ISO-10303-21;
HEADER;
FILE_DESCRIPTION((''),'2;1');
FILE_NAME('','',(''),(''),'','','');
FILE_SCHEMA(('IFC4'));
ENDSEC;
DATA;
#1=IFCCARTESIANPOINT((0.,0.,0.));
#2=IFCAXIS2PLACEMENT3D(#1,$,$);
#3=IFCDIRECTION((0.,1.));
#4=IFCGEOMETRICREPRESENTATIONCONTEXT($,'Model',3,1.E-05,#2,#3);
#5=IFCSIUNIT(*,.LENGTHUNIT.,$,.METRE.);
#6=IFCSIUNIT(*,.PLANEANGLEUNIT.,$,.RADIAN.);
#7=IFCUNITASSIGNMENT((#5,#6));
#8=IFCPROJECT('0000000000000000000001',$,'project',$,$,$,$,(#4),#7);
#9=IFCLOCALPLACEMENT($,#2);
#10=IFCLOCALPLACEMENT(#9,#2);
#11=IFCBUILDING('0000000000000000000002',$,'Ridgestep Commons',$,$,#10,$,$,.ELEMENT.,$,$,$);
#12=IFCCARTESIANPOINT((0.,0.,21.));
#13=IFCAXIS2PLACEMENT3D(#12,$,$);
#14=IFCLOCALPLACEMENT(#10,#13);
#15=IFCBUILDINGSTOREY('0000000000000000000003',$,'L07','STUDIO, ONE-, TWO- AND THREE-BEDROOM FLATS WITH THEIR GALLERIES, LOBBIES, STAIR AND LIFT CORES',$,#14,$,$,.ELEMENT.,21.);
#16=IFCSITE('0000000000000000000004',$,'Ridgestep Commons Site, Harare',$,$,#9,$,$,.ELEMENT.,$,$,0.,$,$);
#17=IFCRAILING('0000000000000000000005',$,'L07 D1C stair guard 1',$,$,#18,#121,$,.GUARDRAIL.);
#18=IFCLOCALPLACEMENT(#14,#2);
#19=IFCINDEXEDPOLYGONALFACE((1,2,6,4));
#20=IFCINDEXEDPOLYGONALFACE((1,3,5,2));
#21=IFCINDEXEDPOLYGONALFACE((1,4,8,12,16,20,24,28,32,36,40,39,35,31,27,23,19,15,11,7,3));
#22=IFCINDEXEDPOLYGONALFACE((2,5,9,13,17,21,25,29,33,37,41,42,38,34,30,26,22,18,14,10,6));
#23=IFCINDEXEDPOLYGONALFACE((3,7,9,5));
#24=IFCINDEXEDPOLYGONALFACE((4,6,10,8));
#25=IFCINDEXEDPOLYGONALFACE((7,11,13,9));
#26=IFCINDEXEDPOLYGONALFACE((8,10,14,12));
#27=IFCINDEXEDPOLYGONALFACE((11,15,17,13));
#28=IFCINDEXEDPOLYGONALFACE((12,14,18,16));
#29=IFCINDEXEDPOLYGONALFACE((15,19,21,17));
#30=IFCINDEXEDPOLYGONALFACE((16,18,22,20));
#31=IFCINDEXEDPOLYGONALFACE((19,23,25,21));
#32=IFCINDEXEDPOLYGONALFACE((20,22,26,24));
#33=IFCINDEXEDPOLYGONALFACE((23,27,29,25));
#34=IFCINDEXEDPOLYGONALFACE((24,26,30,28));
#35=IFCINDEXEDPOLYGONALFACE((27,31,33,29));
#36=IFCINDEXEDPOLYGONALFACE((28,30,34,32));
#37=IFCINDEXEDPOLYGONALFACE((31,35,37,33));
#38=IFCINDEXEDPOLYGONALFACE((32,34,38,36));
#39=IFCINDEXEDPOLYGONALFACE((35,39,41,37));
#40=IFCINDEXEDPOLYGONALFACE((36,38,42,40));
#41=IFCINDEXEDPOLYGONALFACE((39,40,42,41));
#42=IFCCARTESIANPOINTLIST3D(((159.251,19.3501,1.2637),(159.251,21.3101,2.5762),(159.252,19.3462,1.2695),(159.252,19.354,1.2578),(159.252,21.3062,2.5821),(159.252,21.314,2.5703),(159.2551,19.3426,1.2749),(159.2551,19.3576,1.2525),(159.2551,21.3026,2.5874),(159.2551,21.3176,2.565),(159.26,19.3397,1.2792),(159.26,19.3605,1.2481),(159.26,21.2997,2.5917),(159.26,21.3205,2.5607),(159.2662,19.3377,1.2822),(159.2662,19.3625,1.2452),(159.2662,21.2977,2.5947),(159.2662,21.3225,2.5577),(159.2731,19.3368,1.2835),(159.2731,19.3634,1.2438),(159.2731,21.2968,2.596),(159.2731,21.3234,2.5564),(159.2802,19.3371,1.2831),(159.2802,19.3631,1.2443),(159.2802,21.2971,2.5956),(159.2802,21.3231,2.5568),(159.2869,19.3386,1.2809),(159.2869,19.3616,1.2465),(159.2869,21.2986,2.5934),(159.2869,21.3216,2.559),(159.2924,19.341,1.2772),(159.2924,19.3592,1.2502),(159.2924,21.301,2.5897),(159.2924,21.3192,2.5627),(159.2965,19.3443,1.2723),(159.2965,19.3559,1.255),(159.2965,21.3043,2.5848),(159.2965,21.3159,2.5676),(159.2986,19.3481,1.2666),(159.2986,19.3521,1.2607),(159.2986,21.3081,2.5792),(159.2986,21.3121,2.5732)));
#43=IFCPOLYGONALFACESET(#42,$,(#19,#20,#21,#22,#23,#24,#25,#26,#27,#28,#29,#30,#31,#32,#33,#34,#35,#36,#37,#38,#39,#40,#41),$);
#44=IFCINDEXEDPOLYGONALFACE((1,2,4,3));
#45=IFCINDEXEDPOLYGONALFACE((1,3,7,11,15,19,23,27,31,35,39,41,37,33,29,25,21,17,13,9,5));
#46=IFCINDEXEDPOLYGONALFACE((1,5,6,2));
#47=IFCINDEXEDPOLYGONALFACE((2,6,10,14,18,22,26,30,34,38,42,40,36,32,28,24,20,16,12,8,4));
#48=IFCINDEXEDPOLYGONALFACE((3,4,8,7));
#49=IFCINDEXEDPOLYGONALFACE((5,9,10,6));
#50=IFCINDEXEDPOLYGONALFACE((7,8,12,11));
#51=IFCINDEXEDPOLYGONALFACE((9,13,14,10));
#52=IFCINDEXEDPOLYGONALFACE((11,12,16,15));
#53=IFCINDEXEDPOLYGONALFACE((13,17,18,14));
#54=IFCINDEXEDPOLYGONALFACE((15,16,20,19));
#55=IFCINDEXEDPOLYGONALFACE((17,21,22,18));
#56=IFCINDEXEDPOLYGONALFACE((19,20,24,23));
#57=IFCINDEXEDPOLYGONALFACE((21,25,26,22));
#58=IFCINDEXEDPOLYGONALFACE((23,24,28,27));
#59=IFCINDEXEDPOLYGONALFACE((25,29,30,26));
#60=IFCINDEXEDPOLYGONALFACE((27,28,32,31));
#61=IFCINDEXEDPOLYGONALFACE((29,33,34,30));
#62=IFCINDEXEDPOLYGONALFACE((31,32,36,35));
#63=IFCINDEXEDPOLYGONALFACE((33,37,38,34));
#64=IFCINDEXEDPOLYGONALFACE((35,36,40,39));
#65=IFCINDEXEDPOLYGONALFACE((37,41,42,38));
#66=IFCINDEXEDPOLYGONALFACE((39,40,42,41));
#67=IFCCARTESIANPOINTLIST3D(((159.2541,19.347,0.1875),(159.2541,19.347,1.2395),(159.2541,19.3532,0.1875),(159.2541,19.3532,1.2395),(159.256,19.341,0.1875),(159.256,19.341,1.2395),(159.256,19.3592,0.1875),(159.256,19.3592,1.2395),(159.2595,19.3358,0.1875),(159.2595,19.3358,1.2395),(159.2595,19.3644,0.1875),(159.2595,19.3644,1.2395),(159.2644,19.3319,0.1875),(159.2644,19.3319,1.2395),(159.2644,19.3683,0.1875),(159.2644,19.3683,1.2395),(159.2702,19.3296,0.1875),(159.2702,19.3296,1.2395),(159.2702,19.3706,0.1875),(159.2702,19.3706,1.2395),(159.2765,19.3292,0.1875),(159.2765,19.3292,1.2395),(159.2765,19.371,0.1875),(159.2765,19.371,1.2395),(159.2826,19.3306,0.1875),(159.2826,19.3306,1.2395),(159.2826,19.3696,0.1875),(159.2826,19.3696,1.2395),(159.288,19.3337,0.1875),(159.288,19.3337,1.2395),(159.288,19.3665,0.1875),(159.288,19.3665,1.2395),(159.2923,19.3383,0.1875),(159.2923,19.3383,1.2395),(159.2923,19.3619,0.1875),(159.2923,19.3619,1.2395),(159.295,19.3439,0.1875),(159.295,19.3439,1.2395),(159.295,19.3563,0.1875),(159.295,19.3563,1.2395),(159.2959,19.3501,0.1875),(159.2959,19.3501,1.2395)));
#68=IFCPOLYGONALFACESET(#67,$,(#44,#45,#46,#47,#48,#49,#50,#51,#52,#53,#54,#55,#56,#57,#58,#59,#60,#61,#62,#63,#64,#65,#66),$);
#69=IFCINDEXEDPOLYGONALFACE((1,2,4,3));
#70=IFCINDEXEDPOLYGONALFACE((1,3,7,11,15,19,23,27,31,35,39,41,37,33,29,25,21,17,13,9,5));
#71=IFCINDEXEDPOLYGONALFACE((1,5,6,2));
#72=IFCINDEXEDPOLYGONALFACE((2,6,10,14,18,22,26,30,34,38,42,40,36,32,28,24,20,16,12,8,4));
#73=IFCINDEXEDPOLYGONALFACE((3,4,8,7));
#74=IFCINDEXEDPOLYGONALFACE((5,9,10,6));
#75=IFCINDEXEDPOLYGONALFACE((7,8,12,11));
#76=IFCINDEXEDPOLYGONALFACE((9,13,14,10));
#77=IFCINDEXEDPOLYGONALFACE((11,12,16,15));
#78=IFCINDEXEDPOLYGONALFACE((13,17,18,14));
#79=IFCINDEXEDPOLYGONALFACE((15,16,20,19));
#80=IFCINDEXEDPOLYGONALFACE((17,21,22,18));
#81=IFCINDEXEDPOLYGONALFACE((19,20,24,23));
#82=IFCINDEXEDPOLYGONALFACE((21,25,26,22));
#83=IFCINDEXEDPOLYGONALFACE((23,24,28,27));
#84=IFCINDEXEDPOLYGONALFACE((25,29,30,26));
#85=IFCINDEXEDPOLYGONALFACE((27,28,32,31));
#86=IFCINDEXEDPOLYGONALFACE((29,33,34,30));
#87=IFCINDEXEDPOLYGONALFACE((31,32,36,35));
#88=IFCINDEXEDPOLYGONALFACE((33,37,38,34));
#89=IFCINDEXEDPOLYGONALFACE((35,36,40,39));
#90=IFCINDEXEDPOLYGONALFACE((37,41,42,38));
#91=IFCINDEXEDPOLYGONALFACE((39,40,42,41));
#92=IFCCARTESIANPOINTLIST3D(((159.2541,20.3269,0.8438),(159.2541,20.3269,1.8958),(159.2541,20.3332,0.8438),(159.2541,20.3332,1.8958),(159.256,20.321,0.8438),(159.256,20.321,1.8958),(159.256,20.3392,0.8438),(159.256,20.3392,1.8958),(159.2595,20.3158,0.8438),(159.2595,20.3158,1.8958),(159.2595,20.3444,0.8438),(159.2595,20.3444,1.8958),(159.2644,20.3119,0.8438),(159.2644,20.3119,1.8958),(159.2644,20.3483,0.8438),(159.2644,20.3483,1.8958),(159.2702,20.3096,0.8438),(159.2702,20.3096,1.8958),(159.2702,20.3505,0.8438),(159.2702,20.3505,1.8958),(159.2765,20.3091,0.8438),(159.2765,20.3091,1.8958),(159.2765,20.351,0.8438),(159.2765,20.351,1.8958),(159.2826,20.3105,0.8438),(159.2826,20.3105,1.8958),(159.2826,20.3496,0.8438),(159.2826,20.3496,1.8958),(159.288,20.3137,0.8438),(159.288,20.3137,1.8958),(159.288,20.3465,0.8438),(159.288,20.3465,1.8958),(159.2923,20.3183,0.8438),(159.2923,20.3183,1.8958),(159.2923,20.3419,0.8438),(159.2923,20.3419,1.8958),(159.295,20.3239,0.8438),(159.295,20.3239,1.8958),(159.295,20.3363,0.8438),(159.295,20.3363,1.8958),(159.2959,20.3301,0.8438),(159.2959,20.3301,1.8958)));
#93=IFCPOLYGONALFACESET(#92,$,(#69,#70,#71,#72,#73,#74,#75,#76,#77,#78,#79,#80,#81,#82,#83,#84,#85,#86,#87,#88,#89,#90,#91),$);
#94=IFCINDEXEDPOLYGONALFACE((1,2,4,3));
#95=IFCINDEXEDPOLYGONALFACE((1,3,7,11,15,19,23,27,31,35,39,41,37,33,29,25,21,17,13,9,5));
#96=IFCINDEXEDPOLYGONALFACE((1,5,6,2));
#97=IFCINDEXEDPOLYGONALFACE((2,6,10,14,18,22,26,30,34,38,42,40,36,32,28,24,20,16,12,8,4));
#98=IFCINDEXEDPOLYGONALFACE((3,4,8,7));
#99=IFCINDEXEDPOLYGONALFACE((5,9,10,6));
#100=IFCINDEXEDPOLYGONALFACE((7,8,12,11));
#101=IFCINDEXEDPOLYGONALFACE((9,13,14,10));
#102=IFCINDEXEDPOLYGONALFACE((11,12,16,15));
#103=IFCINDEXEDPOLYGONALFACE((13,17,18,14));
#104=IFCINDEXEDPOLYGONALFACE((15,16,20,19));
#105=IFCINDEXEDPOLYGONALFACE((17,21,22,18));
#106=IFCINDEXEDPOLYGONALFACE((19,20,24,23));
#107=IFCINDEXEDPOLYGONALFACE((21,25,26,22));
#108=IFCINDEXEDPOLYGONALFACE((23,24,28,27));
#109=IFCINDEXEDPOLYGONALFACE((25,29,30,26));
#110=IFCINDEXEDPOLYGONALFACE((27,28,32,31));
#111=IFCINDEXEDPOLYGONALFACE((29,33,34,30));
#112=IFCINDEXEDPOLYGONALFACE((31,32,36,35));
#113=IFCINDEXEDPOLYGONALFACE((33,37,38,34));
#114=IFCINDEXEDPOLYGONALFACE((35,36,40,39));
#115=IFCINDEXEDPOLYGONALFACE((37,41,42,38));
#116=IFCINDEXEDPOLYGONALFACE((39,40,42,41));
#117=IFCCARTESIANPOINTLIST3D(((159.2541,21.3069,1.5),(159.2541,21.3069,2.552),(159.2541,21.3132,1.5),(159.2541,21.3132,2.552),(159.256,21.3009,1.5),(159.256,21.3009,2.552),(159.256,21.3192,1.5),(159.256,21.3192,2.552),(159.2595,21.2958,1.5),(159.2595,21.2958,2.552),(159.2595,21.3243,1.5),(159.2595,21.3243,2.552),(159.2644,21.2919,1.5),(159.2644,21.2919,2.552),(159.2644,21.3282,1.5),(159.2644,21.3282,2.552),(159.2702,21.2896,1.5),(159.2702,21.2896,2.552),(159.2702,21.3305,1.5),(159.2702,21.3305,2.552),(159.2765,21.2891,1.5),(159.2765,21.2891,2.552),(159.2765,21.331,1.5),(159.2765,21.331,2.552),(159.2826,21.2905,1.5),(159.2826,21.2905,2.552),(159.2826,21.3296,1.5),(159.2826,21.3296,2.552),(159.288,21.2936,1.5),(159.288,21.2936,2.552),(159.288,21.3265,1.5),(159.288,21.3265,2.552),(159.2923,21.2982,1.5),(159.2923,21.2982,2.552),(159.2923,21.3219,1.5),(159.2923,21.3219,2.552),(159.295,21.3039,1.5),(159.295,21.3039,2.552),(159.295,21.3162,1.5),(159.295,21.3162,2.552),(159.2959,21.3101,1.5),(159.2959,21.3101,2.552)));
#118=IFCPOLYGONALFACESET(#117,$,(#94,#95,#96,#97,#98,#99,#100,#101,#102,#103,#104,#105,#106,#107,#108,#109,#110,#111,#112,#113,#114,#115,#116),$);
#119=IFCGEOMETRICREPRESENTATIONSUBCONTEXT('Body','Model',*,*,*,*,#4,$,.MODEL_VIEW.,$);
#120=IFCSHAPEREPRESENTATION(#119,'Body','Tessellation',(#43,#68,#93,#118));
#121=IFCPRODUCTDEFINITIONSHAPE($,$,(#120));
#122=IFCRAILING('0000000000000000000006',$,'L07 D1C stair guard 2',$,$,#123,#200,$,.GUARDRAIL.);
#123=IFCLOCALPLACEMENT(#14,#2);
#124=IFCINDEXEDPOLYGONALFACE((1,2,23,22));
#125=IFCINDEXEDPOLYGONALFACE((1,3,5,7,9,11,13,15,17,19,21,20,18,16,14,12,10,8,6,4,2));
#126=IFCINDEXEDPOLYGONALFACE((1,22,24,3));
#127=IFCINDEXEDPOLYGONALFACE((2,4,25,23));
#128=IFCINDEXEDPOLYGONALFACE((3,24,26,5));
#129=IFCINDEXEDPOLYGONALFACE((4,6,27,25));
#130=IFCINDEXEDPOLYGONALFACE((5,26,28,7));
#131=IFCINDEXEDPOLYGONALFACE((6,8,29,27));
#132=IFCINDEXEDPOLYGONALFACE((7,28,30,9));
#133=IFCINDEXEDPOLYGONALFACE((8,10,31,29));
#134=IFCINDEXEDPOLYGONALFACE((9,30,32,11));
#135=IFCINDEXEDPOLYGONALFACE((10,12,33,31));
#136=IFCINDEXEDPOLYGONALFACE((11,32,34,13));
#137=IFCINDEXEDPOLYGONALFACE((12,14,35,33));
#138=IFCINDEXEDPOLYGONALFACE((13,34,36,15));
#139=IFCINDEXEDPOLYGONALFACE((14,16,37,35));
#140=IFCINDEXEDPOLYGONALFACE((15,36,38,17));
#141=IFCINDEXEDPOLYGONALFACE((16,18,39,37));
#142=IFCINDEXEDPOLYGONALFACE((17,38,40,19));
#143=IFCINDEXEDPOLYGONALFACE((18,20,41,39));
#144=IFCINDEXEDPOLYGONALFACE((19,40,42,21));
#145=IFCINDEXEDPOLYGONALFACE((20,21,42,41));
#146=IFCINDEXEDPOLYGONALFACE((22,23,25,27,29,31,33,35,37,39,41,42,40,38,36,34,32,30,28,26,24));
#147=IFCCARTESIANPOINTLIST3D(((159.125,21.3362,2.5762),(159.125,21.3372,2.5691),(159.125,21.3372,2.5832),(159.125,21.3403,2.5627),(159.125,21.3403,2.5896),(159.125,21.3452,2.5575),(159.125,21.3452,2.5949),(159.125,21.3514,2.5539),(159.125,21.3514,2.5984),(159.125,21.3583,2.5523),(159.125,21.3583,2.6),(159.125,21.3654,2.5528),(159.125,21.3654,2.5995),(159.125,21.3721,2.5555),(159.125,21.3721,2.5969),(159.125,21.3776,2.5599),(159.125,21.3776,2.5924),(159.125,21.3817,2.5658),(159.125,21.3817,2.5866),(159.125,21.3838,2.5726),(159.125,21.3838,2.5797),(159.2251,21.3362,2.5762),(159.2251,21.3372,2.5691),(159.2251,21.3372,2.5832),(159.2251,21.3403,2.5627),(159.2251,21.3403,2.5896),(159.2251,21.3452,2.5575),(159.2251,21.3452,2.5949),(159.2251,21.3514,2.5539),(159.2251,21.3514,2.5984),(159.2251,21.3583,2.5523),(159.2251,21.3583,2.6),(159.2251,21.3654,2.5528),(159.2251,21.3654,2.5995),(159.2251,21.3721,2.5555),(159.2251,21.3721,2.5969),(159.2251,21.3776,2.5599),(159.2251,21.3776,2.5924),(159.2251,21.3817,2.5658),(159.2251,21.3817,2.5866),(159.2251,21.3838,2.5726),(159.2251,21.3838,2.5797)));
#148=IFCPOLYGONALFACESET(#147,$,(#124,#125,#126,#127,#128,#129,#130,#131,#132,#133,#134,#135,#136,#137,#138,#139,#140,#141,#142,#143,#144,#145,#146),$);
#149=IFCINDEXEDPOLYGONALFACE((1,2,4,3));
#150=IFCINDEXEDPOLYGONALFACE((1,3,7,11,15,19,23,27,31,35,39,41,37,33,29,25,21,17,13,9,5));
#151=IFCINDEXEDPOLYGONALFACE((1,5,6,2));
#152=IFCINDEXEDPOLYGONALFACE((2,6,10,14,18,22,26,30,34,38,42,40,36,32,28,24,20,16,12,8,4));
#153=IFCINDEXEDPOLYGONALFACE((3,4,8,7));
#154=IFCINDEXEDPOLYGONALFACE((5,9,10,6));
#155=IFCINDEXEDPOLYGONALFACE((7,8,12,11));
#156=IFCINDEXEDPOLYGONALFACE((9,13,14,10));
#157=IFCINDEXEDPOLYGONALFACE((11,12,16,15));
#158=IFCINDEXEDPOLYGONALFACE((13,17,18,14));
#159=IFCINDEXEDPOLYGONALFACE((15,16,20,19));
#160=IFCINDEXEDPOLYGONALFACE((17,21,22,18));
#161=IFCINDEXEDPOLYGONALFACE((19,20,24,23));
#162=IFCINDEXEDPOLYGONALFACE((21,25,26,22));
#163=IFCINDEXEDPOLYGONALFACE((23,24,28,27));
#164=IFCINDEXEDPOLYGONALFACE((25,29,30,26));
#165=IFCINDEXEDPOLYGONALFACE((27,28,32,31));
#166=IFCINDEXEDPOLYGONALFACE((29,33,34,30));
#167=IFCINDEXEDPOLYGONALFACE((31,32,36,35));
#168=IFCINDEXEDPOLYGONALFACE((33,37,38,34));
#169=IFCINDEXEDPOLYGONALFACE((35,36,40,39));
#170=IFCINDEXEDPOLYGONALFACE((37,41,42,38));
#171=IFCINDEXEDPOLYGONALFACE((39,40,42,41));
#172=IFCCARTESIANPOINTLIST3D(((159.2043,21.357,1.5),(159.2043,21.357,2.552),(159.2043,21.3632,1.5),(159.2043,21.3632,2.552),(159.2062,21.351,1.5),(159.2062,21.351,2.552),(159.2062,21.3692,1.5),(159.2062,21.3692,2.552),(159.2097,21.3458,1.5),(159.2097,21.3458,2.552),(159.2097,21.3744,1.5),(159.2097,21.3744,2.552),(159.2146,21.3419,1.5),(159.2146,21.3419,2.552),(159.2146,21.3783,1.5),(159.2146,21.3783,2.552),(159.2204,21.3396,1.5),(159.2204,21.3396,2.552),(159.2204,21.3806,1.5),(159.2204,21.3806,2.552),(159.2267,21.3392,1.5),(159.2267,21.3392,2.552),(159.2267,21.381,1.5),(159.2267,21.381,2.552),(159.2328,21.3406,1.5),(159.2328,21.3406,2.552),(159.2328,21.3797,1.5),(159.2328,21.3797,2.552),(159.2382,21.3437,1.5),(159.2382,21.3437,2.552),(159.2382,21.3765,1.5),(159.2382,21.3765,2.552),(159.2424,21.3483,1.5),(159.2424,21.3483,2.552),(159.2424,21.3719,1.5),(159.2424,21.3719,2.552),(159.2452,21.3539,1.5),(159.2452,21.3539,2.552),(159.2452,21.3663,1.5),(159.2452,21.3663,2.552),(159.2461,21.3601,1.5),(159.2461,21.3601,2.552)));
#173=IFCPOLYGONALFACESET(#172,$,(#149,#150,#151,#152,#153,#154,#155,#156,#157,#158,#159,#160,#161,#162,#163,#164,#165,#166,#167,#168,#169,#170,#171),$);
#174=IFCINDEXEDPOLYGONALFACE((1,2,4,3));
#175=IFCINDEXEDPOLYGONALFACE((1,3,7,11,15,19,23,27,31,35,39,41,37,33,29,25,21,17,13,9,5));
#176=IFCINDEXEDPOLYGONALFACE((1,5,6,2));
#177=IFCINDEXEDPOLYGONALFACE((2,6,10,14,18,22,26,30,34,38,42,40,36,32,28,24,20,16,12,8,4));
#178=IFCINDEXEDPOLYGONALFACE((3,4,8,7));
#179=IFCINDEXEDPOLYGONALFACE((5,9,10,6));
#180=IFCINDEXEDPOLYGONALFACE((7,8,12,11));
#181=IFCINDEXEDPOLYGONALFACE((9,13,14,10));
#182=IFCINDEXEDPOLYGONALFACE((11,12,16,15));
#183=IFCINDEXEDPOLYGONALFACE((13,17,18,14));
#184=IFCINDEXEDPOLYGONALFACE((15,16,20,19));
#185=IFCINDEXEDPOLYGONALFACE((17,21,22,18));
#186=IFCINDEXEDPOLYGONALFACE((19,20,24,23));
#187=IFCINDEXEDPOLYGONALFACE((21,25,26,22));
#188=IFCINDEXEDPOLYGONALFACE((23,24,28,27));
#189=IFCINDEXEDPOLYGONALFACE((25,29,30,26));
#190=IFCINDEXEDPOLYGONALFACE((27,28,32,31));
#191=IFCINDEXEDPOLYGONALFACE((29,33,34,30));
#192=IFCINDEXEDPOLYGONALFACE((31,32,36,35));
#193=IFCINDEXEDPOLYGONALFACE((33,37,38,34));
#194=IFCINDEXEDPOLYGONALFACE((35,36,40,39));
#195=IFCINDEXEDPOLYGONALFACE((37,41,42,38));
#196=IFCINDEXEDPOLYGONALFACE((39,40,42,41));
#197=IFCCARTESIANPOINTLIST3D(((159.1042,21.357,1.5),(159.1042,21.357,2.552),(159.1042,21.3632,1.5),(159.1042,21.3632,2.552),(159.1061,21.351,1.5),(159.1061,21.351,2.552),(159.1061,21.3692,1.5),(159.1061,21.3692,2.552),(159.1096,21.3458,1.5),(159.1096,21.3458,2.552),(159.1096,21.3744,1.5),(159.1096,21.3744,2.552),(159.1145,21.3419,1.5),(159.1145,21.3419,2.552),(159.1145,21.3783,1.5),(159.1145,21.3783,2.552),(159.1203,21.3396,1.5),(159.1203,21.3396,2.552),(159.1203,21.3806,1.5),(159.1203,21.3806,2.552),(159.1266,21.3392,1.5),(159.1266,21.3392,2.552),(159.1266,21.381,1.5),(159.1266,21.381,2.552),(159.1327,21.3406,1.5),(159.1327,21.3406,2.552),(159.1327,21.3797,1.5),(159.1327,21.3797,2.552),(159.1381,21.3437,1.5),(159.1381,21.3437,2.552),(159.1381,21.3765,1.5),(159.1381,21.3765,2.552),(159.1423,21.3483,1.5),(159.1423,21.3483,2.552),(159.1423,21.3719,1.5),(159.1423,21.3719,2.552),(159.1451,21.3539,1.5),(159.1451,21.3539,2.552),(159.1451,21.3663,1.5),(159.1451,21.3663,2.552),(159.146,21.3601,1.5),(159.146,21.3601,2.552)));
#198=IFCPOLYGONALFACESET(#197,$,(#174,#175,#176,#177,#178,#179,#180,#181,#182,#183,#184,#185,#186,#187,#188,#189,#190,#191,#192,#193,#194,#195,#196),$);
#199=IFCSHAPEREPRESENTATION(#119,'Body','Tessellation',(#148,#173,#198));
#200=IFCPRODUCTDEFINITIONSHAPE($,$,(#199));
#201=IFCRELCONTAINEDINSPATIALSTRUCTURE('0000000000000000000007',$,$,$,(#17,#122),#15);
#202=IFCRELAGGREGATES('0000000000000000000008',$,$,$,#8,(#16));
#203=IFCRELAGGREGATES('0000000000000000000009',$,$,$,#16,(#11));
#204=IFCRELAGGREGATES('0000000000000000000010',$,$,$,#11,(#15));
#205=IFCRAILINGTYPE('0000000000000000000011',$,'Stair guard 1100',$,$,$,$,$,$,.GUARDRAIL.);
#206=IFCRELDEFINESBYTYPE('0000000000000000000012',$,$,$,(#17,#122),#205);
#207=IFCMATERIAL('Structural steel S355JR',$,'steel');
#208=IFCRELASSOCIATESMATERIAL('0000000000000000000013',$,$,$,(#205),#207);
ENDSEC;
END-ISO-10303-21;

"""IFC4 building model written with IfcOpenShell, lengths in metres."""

from ifc_helpers import new_model, si_unit, direction, frame, origin, origin_2d, place, context, subcontext, project, spatial, circle, extrude, material, type_object, element, save


model = new_model("IFC4")

# Units and contexts
model_context = context("Model", 3, precision=1e-05, world=origin(), true_north=direction((0.0, 1.0)))
body_context = subcontext(model_context, "Body", "Model", "MODEL_VIEW")
ifc_project = project(units=[si_unit("LENGTHUNIT", "METRE"), si_unit("PLANEANGLEUNIT", "RADIAN")], contexts=[model_context])

# Site, building, storey
site_placement = place(None, origin())
site = spatial("IfcSite", under=ifc_project, at=site_placement, Name="Ridgestep Commons Site, Harare", CompositionType="ELEMENT", RefElevation=0.0)
building_placement = place(site_placement, origin())
building = spatial("IfcBuilding", under=site, at=building_placement, Name="Ridgestep Commons", CompositionType="ELEMENT")
storey_placement = place(building_placement, frame((0.0, 0.0, 21.0)))
storey = spatial("IfcBuildingStorey", under=building, at=storey_placement, Name="L07", Description="STUDIO, ONE-, TWO- AND THREE-BEDROOM FLATS WITH THEIR GALLERIES, LOBBIES, STAIR AND LIFT CORES", CompositionType="ELEMENT", Elevation=21.0)

# Railings
ifc_material_1 = material(Name="Structural steel S355JR", Category="steel")
railing_type_1 = type_object("IfcRailingType", Name="Stair guard 1100", PredefinedType="GUARDRAIL", material=ifc_material_1)
railing_1_placement = place(storey_placement, frame((159.2749, 19.3501, 0.1875)))
element("IfcRailing", 1, at=railing_1_placement, inside=storey, type_object=railing_type_1, Name="L07 D1C stair guard 1", PredefinedType="GUARDRAIL", context=body_context, shape_type="SweptSolid", body=[
    extrude(circle(Radius=0.0239, at=origin_2d()), frame((0.0, 0.0, 1.0762), z_axis=(0.0, 0.830902, 0.556419), x_axis=(-1.0, 0.0, 0.0)), (0.0, 0.0, 1.0), 2.3589),
    extrude(circle(Radius=0.021, at=origin_2d()), origin(), (0.0, 0.0, 1.0), 1.052),
    extrude(circle(Radius=0.021, at=origin_2d()), frame((0.0, 0.98, 0.6562)), (0.0, 0.0, 1.0), 1.052),
    extrude(circle(Radius=0.021, at=origin_2d()), frame((0.0, 1.96, 1.3125)), (0.0, 0.0, 1.0), 1.052),
])
railing_2_placement = place(storey_placement, frame((159.2251, 21.3601, 1.5)))
element("IfcRailing", 2, at=railing_2_placement, inside=storey, type_object=railing_type_1, Name="L07 D1C stair guard 2", PredefinedType="GUARDRAIL", context=body_context, shape_type="SweptSolid", body=[
    extrude(circle(Radius=0.0239, at=origin_2d()), frame((0.0, 0.0, 1.0762), z_axis=(-1.0, 0.0, 0.0), x_axis=(0.0, -1.0, 0.0)), (0.0, 0.0, 1.0), 0.1001),
    extrude(circle(Radius=0.021, at=origin_2d()), origin(), (0.0, 0.0, 1.0), 1.052),
    extrude(circle(Radius=0.021, at=origin_2d()), frame((-0.1001, 0.0, 0.0)), (0.0, 0.0, 1.0), 1.052),
])

save(model, "model.ifc")
